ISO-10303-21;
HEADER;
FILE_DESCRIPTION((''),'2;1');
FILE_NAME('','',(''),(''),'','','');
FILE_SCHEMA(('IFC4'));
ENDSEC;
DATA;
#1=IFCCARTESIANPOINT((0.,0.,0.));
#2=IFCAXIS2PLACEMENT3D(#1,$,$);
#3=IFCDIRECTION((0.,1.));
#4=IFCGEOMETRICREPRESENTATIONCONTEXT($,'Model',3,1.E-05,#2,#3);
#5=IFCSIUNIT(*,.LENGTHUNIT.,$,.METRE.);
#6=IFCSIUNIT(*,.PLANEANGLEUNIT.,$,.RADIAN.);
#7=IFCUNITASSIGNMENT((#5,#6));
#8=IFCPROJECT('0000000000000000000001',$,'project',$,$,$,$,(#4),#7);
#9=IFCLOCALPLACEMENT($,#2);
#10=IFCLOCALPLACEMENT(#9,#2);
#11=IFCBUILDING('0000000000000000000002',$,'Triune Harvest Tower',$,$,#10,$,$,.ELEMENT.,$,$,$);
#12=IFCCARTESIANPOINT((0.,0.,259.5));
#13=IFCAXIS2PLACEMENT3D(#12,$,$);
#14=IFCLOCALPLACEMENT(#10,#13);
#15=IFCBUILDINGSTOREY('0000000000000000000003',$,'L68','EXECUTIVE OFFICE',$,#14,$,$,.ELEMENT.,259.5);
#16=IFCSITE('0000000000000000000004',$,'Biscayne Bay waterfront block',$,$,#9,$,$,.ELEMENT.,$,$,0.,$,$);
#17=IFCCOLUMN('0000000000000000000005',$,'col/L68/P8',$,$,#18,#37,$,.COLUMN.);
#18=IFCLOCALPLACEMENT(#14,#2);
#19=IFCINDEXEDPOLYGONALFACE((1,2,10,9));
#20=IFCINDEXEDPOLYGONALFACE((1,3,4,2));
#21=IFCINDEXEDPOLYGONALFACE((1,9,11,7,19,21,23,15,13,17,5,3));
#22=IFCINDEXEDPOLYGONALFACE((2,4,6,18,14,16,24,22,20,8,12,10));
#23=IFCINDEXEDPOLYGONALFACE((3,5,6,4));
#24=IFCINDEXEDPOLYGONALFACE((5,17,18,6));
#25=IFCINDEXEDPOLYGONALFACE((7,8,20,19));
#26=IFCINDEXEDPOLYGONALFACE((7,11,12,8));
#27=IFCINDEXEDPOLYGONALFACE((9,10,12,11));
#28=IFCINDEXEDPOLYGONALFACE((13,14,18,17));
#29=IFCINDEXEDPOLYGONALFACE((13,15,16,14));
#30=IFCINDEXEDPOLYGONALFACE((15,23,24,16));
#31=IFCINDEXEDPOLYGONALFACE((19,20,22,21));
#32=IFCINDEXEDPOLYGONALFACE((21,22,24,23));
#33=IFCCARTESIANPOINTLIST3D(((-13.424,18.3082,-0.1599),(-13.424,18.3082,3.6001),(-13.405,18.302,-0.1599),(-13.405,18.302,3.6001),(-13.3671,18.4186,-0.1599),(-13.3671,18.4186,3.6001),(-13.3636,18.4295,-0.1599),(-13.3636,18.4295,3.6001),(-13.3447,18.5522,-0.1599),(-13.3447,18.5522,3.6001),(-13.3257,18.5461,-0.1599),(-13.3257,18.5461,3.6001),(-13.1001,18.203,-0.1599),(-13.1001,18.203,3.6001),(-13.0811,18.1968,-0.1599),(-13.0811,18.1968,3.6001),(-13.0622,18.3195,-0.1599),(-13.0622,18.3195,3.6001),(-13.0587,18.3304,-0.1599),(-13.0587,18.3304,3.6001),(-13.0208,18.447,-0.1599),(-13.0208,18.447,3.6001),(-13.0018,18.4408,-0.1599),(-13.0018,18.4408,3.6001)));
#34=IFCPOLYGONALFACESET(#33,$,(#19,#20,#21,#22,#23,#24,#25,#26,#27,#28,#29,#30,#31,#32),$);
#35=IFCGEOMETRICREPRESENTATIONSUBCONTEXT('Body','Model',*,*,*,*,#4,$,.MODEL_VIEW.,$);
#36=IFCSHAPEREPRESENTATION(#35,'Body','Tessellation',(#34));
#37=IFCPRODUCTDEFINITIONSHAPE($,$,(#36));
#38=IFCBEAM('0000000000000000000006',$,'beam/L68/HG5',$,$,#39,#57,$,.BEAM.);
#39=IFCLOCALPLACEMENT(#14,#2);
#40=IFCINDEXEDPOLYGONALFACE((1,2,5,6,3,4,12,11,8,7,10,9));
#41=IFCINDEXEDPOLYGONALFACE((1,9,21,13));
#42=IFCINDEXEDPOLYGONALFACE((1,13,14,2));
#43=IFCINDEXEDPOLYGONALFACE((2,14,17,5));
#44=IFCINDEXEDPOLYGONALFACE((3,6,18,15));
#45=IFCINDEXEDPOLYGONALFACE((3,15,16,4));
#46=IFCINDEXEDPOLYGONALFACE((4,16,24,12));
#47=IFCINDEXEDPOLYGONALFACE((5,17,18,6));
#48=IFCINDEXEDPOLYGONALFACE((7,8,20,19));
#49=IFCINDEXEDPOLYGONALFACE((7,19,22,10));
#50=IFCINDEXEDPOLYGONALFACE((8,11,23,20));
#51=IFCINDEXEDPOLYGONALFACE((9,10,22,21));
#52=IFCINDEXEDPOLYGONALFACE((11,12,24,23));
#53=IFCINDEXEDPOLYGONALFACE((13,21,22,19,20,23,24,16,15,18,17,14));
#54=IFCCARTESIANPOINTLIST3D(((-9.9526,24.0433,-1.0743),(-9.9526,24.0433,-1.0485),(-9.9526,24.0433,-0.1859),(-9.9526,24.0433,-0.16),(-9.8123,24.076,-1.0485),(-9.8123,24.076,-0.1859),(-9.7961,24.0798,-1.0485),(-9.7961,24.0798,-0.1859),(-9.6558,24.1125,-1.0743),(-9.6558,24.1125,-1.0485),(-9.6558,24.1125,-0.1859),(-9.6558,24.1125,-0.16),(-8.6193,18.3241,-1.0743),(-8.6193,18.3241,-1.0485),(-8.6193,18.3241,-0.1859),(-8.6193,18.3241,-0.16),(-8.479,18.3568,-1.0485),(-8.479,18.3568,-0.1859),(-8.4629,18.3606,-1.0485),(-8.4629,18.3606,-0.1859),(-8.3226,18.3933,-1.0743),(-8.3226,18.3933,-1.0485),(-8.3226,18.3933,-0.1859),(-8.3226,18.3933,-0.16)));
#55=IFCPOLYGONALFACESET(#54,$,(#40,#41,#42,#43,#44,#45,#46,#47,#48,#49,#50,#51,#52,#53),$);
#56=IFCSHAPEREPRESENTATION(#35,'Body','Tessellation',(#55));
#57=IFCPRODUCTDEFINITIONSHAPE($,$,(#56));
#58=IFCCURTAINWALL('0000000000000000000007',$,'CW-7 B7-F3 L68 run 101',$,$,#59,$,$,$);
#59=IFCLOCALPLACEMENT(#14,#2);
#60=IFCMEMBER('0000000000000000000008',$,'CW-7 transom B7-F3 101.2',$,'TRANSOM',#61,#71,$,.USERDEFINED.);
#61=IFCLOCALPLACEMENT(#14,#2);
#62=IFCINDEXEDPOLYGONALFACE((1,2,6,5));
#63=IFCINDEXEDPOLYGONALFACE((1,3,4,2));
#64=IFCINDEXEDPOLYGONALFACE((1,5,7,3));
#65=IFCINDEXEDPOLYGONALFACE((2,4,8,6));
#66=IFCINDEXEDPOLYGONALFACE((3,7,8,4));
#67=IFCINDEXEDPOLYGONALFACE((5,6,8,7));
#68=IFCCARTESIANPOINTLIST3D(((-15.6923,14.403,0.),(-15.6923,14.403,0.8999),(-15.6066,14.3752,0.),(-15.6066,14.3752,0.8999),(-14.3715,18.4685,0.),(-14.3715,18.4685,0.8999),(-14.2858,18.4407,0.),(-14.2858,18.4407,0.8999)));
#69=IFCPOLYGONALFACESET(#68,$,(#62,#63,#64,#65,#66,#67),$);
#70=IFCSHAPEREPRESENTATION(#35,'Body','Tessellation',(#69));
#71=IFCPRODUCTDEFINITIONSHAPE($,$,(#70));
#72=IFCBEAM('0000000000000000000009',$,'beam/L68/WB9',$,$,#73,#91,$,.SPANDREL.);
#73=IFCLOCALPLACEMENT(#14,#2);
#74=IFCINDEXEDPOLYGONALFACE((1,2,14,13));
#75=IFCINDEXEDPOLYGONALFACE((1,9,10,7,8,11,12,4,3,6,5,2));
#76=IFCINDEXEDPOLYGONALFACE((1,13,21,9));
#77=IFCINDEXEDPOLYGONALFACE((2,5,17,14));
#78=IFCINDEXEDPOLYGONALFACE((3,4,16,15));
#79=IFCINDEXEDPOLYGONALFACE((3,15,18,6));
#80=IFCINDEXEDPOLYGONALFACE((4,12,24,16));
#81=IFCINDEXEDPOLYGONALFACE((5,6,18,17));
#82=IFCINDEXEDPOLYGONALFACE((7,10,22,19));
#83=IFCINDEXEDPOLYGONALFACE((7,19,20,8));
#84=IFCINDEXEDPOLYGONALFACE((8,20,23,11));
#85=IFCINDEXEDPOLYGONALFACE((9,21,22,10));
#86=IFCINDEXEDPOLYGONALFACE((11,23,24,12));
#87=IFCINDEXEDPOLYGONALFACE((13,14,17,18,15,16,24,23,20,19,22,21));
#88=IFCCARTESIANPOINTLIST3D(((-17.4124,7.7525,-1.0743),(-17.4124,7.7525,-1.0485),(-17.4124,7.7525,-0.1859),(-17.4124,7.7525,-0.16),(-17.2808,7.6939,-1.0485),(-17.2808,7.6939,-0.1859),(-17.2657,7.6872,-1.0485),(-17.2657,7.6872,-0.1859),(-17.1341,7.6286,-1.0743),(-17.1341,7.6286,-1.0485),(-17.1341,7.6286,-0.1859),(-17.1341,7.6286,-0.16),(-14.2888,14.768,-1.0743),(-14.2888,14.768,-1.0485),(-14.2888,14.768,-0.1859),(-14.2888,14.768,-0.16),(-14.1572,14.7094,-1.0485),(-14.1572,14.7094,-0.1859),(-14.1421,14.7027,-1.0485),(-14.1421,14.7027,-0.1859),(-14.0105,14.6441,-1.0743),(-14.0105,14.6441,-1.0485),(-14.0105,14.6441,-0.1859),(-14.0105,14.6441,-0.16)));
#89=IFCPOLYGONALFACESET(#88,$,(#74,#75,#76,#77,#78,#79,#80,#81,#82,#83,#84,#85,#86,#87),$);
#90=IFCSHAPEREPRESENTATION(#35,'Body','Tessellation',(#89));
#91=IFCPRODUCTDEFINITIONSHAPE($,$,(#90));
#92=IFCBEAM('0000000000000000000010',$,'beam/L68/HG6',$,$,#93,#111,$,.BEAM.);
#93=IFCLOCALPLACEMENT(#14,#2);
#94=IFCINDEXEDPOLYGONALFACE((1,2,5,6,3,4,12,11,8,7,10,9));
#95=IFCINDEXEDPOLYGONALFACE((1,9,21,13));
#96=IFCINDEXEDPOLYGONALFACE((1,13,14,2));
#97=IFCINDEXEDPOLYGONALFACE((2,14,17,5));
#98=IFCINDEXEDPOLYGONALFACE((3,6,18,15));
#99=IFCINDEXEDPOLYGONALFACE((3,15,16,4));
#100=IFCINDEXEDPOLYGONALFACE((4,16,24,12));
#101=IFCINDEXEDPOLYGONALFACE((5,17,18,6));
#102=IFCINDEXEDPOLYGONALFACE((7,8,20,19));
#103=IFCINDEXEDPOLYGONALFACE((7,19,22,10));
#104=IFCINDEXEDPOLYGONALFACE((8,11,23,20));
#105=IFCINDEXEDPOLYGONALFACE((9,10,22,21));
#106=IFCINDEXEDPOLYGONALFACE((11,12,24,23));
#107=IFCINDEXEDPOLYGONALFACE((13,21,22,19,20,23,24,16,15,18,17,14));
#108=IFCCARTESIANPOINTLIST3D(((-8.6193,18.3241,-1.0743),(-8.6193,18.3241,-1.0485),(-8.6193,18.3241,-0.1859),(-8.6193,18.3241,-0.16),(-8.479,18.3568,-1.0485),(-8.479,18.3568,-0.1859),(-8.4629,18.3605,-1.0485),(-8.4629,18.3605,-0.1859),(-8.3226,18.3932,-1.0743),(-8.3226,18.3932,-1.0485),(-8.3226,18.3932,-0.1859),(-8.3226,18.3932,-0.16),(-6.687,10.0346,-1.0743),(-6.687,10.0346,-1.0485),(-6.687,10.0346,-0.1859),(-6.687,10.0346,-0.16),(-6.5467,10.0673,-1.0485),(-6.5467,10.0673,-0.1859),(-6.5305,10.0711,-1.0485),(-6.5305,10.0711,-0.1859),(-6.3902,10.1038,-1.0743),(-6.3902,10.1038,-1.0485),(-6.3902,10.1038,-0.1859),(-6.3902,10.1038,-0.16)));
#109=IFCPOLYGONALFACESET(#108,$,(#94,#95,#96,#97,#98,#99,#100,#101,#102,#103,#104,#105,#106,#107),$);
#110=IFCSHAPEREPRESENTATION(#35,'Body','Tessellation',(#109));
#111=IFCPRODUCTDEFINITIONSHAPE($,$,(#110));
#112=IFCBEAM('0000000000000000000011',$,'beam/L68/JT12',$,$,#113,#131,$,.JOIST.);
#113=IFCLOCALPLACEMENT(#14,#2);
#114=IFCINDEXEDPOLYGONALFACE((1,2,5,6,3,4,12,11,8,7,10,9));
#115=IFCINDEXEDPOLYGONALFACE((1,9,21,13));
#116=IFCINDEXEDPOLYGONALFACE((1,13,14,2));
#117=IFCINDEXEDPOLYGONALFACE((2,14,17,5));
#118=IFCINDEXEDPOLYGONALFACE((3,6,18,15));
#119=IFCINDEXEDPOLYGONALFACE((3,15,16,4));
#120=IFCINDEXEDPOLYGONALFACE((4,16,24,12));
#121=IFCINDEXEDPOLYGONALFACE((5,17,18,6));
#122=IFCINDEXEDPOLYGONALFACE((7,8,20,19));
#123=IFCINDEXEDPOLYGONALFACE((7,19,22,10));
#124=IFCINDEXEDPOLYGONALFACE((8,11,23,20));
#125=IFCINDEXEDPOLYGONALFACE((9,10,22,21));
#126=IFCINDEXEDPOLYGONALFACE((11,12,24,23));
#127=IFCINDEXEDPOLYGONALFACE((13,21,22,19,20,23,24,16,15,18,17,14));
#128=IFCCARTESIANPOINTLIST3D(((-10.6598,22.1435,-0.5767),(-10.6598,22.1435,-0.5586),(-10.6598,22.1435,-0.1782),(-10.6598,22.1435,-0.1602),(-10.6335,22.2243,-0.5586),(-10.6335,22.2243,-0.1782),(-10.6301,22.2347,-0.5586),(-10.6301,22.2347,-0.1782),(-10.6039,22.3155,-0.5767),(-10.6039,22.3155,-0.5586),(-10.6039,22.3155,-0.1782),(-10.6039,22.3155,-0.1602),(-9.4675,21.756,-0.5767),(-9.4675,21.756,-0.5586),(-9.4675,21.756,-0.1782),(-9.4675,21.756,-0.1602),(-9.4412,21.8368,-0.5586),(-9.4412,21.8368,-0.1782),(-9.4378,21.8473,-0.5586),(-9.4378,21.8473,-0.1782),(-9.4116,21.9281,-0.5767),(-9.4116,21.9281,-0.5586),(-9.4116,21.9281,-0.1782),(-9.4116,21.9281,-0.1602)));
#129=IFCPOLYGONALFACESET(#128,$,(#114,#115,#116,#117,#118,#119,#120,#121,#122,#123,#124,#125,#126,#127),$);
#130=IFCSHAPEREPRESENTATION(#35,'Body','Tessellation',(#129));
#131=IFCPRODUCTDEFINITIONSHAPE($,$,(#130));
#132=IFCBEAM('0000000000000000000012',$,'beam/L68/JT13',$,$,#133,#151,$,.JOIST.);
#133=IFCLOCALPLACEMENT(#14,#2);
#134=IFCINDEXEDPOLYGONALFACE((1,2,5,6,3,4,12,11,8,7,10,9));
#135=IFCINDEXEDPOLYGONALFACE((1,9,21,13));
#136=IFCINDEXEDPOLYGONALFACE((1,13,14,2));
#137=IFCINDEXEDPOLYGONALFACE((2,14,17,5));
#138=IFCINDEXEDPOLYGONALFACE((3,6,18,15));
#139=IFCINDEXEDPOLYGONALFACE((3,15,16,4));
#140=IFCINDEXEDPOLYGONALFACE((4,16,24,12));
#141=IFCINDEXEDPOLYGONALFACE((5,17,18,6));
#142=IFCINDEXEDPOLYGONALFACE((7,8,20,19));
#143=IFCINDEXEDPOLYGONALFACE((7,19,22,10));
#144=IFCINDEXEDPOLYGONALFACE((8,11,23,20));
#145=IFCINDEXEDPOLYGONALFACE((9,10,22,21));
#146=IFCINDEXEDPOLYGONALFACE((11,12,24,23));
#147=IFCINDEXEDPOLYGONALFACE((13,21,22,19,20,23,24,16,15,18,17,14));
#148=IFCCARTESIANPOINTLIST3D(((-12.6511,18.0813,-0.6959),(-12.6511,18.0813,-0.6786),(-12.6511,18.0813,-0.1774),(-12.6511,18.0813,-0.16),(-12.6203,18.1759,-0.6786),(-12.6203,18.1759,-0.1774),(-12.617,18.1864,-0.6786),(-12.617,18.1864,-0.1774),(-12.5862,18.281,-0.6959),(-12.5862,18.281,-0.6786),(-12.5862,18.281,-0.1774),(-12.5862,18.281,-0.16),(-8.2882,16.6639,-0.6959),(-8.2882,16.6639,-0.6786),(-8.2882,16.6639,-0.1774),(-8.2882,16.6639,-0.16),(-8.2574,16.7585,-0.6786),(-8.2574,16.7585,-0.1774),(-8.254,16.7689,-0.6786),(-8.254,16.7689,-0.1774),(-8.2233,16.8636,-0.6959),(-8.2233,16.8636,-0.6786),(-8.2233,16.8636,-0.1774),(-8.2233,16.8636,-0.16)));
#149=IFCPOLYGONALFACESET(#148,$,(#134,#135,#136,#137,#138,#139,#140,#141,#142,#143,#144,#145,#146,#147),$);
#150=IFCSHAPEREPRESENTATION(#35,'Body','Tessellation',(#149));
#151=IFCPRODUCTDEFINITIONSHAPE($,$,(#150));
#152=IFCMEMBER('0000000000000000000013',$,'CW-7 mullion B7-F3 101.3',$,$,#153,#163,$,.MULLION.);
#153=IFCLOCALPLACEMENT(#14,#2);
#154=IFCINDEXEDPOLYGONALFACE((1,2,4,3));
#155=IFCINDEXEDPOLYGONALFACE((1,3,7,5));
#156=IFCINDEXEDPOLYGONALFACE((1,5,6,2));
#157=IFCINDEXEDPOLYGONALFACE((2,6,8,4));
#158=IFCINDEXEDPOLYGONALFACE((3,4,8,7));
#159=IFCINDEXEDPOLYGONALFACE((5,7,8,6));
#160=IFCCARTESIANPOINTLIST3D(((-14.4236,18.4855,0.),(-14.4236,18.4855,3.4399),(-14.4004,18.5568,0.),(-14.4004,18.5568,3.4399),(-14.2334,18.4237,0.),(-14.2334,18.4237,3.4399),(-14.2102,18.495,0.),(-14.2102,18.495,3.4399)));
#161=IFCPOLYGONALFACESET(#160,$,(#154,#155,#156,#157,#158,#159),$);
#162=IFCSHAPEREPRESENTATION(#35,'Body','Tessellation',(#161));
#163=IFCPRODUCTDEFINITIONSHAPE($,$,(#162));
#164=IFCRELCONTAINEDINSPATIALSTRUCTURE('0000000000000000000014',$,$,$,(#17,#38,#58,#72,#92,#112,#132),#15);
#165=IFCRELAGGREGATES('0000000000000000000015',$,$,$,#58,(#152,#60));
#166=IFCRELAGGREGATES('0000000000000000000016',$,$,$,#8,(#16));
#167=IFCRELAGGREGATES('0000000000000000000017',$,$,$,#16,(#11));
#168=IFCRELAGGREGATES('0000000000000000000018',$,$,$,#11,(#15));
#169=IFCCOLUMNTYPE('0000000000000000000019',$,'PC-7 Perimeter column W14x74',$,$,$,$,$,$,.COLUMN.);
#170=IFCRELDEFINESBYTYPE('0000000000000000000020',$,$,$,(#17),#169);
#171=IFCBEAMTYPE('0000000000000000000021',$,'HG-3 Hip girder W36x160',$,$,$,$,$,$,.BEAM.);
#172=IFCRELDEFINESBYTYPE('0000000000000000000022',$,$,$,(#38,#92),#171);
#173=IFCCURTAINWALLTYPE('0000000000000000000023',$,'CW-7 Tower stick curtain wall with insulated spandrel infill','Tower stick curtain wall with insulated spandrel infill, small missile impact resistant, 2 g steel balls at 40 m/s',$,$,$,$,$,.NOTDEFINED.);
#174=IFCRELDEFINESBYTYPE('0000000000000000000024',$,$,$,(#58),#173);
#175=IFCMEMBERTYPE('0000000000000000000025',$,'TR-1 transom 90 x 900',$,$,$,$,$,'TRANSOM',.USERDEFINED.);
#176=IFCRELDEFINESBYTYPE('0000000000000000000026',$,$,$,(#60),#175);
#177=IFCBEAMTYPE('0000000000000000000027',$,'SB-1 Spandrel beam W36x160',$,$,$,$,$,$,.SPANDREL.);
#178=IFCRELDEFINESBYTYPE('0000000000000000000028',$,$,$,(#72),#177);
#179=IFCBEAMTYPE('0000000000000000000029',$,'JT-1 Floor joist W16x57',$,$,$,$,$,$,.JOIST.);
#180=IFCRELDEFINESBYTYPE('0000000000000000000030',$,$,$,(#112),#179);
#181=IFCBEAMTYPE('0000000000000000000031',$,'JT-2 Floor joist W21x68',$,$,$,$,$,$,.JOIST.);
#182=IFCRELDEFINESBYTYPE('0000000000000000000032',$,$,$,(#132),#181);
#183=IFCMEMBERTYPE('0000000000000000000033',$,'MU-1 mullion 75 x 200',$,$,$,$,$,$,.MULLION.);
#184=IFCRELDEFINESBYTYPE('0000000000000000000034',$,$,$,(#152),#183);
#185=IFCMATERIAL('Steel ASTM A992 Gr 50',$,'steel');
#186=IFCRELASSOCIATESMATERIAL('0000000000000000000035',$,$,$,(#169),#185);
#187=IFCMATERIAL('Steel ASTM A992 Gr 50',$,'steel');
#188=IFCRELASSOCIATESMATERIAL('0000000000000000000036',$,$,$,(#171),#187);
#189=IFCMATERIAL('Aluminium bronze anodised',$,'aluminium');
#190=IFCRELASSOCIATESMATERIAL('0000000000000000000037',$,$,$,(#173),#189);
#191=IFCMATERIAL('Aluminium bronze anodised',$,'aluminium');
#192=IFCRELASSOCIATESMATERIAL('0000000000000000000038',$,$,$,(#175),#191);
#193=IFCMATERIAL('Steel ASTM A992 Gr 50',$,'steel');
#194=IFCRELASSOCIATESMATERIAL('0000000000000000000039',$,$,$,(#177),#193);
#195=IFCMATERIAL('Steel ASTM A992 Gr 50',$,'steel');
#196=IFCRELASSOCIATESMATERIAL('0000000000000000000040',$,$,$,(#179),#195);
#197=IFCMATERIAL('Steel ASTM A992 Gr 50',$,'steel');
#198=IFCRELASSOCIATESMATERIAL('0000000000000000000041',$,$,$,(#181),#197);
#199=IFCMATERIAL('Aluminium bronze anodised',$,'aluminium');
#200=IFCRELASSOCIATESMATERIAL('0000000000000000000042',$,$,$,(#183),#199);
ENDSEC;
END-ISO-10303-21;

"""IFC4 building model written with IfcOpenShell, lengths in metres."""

from ifc_helpers import new_model, si_unit, direction, frame, origin, origin_2d, place, context, subcontext, project, spatial, rectangle, i_section, extrude, source, transform, mapped, material, material_profile, profile_set, type_object, element, aggregate, save


model = new_model("IFC4")

# Units and contexts
model_context = context("Model", 3, precision=1e-05, world=origin(), true_north=direction((0.0, 1.0)))
body_context = subcontext(model_context, "Body", "Model", "MODEL_VIEW")
ifc_project = project(units=[si_unit("LENGTHUNIT", "METRE"), si_unit("PLANEANGLEUNIT", "RADIAN")], contexts=[model_context])

# Site, building, storey
site_placement = place(None, origin())
site = spatial("IfcSite", under=ifc_project, at=site_placement, Name="Biscayne Bay waterfront block", CompositionType="ELEMENT", RefElevation=0.0)
building_placement = place(site_placement, origin())
building = spatial("IfcBuilding", under=site, at=building_placement, Name="Triune Harvest Tower", CompositionType="ELEMENT")
storey_placement = place(building_placement, frame((0.0, 0.0, 259.5)))
storey = spatial("IfcBuildingStorey", under=building, at=storey_placement, Name="L68", Description="EXECUTIVE OFFICE", CompositionType="ELEMENT", Elevation=259.5)

# Column
ifc_material_1 = material(Name="Steel ASTM A992 Gr 50", Category="steel")
ifc_material_profile_1 = material_profile(ifc_material_1, i_section(OverallWidth=0.2566, OverallDepth=0.3606, WebThickness=0.0115, FlangeThickness=0.02, at=origin_2d()), Name="W14x74")
ifc_profile_set_1 = profile_set([ifc_material_profile_1], Name="Steel ASTM A992 Gr 50")
column_type = type_object("IfcColumnType", Name="PC-7 Perimeter column W14x74", PredefinedType="COLUMN", material=ifc_profile_set_1)
shared_shape_1 = source(origin(), body_context, "Body", "SweptSolid", [
    extrude(i_section(OverallWidth=0.2566, OverallDepth=0.3606, WebThickness=0.0115, FlangeThickness=0.02, at=origin_2d()), origin(), (0.0, 0.0, 1.0), 3.76),
])
column_placement = place(storey_placement, frame((-13.2129, 18.3745, -0.1599), z_axis=(0.0, 0.0, 1.0), x_axis=(-0.309015, -0.951057, 0.0)))
element("IfcColumn", 1, at=column_placement, inside=storey, type_object=column_type, Name="col/L68/P8", PredefinedType="COLUMN", context=body_context, shape_type="MappedRepresentation", body=[
    mapped(shared_shape_1, transform((0.0, 0.0, 0.0), scale=1.0)),
])

# Beam
ifc_material_2 = material(Name="Steel ASTM A992 Gr 50", Category="steel")
ifc_material_profile_2 = material_profile(ifc_material_2, i_section(OverallWidth=0.3047, OverallDepth=0.9143, WebThickness=0.0166, FlangeThickness=0.0259, at=origin_2d()), Name="W36x160")
ifc_profile_set_2 = profile_set([ifc_material_profile_2], Name="Steel ASTM A992 Gr 50")
beam_type_1 = type_object("IfcBeamType", Name="HG-3 Hip girder W36x160", PredefinedType="BEAM", material=ifc_profile_set_2)
beam_1_placement = place(storey_placement, frame((-9.8042, 24.0779, -0.6172), z_axis=(0.22703, -0.973888, 0.0), x_axis=(0.973888, 0.22703, 0.0)))
element("IfcBeam", 2, at=beam_1_placement, inside=storey, type_object=beam_type_1, Name="beam/L68/HG5", PredefinedType="BEAM", context=body_context, shape_type="SweptSolid", body=[
    extrude(i_section(OverallWidth=0.3047, OverallDepth=0.9143, WebThickness=0.0166, FlangeThickness=0.0259, at=origin_2d()), origin(), (0.0, 0.0, 1.0), 5.8726),
])

# Curtain wall, member
ifc_material_3 = material(Name="Aluminium bronze anodised", Category="aluminium")
curtain_wall_type = type_object("IfcCurtainWallType", Name="CW-7 Tower stick curtain wall with insulated spandrel infill", Description="Tower stick curtain wall with insulated spandrel infill, small missile impact resistant, 2 g steel balls at 40 m/s", PredefinedType="NOTDEFINED", material=ifc_material_3)
curtain_wall_placement = place(storey_placement, origin())
curtain_wall = element("IfcCurtainWall", 3, at=curtain_wall_placement, inside=storey, type_object=curtain_wall_type, Name="CW-7 B7-F3 L68 run 101")
ifc_material_4 = material(Name="Aluminium bronze anodised", Category="aluminium")
ifc_material_profile_3 = material_profile(ifc_material_4, rectangle(XDim=0.0901, YDim=0.8999, at=origin_2d()), Name="TR-1 transom 90 x 900")
ifc_profile_set_3 = profile_set([ifc_material_profile_3], Name="Aluminium bronze anodised")
member_type_1 = type_object("IfcMemberType", Name="TR-1 transom 90 x 900", ElementType="TRANSOM", PredefinedType="USERDEFINED", material=ifc_profile_set_3)
member_1_placement = place(storey_placement, frame((-14.3286, 18.4546, 0.45), z_axis=(-0.308988, -0.951066, 0.0), x_axis=(0.951066, -0.308988, 0.0)))
member_1 = element("IfcMember", 4, at=member_1_placement, type_object=member_type_1, Name="CW-7 transom B7-F3 101.2", ObjectType="TRANSOM", PredefinedType="USERDEFINED", context=body_context, shape_type="SweptSolid", body=[
    extrude(rectangle(XDim=0.0901, YDim=0.8999, at=origin_2d()), origin(), (0.0, 0.0, 1.0), 4.2747),
])

# Beams
ifc_material_5 = material(Name="Steel ASTM A992 Gr 50", Category="steel")
ifc_material_profile_4 = material_profile(ifc_material_5, i_section(OverallWidth=0.3047, OverallDepth=0.9143, WebThickness=0.0166, FlangeThickness=0.0259, at=origin_2d()), Name="W36x160")
ifc_profile_set_4 = profile_set([ifc_material_profile_4], Name="Steel ASTM A992 Gr 50")
beam_type_2 = type_object("IfcBeamType", Name="SB-1 Spandrel beam W36x160", PredefinedType="SPANDREL", material=ifc_profile_set_4)
shared_shape_2 = source(origin(), body_context, "Body", "SweptSolid", [
    extrude(i_section(OverallWidth=0.3047, OverallDepth=0.9143, WebThickness=0.0166, FlangeThickness=0.0259, at=origin_2d()), origin(), (0.0, 0.0, 1.0), 7.6794),
])
beam_2_placement = place(storey_placement, frame((-14.1497, 14.7061, -0.6172), z_axis=(-0.406746, -0.913541, 0.0), x_axis=(0.913541, -0.406746, 0.0)))
element("IfcBeam", 5, at=beam_2_placement, inside=storey, type_object=beam_type_2, Name="beam/L68/WB9", PredefinedType="SPANDREL", context=body_context, shape_type="MappedRepresentation", body=[
    mapped(shared_shape_2, transform((0.0, 0.0, 0.0), scale=1.0)),
])
shared_shape_3 = source(origin(), body_context, "Body", "SweptSolid", [
    extrude(i_section(OverallWidth=0.3047, OverallDepth=0.9143, WebThickness=0.0166, FlangeThickness=0.0259, at=origin_2d()), origin(), (0.0, 0.0, 1.0), 8.5117),
])
beam_3_placement = place(storey_placement, frame((-8.4709, 18.3586, -0.6172), z_axis=(0.227023, -0.973889, 0.0), x_axis=(0.973889, 0.227023, 0.0)))
element("IfcBeam", 6, at=beam_3_placement, inside=storey, type_object=beam_type_1, Name="beam/L68/HG6", PredefinedType="BEAM", context=body_context, shape_type="MappedRepresentation", body=[
    mapped(shared_shape_3, transform((0.0, 0.0, 0.0), scale=1.0)),
])
ifc_material_6 = material(Name="Steel ASTM A992 Gr 50", Category="steel")
ifc_material_profile_5 = material_profile(ifc_material_6, i_section(OverallWidth=0.1809, OverallDepth=0.4165, WebThickness=0.011, FlangeThickness=0.0181, at=origin_2d()), Name="W16x57")
ifc_profile_set_5 = profile_set([ifc_material_profile_5], Name="Steel ASTM A992 Gr 50")
beam_type_3 = type_object("IfcBeamType", Name="JT-1 Floor joist W16x57", PredefinedType="JOIST", material=ifc_profile_set_5)
shared_shape_4 = source(origin(), body_context, "Body", "SweptSolid", [
    extrude(i_section(OverallWidth=0.1809, OverallDepth=0.4165, WebThickness=0.011, FlangeThickness=0.0181, at=origin_2d()), origin(), (0.0, 0.0, 1.0), 1.2537),
])
beam_4_placement = place(storey_placement, frame((-10.6318, 22.2295, -0.3684), z_axis=(0.951051, -0.309033, 0.0), x_axis=(0.309033, 0.951051, 0.0)))
element("IfcBeam", 7, at=beam_4_placement, inside=storey, type_object=beam_type_3, Name="beam/L68/JT12", PredefinedType="JOIST", context=body_context, shape_type="MappedRepresentation", body=[
    mapped(shared_shape_4, transform((0.0, 0.0, 0.0), scale=1.0)),
])
ifc_material_7 = material(Name="Steel ASTM A992 Gr 50", Category="steel")
ifc_material_profile_6 = material_profile(ifc_material_7, i_section(OverallWidth=0.21, OverallDepth=0.5359, WebThickness=0.011, FlangeThickness=0.0173, at=origin_2d()), Name="W21x68")
ifc_profile_set_6 = profile_set([ifc_material_profile_6], Name="Steel ASTM A992 Gr 50")
beam_type_4 = type_object("IfcBeamType", Name="JT-2 Floor joist W21x68", PredefinedType="JOIST", material=ifc_profile_set_6)
shared_shape_5 = source(origin(), body_context, "Body", "SweptSolid", [
    extrude(i_section(OverallWidth=0.21, OverallDepth=0.5359, WebThickness=0.011, FlangeThickness=0.0173, at=origin_2d()), origin(), (0.0, 0.0, 1.0), 4.5874),
])
beam_5_placement = place(storey_placement, frame((-12.6187, 18.1812, -0.428), z_axis=(0.951067, -0.308986, 0.0), x_axis=(0.308986, 0.951067, 0.0)))
element("IfcBeam", 8, at=beam_5_placement, inside=storey, type_object=beam_type_4, Name="beam/L68/JT13", PredefinedType="JOIST", context=body_context, shape_type="MappedRepresentation", body=[
    mapped(shared_shape_5, transform((0.0, 0.0, 0.0), scale=1.0)),
])

# Member
ifc_material_8 = material(Name="Aluminium bronze anodised", Category="aluminium")
ifc_material_profile_7 = material_profile(ifc_material_8, rectangle(XDim=0.2, YDim=0.075, at=origin_2d()), Name="MU-1 mullion 75 x 200")
ifc_profile_set_7 = profile_set([ifc_material_profile_7], Name="Aluminium bronze anodised")
member_type_2 = type_object("IfcMemberType", Name="MU-1 mullion 75 x 200", PredefinedType="MULLION", material=ifc_profile_set_7)
shared_shape_6 = source(origin(), body_context, "Body", "SweptSolid", [
    extrude(rectangle(XDim=0.2, YDim=0.075, at=origin_2d()), origin(), (0.0, 0.0, 1.0), 3.4399),
])
member_2_placement = place(storey_placement, frame((-14.3169, 18.4902, 0.0), z_axis=(0.0, 0.0, 1.0), x_axis=(0.951056, -0.30902, 0.0)))
member_2 = element("IfcMember", 9, at=member_2_placement, type_object=member_type_2, Name="CW-7 mullion B7-F3 101.3", PredefinedType="MULLION", context=body_context, shape_type="MappedRepresentation", body=[
    mapped(shared_shape_6, transform((0.0, 0.0, 0.0), scale=1.0)),
])

aggregate(curtain_wall, [member_2, member_1])

save(model, "model.ifc")
